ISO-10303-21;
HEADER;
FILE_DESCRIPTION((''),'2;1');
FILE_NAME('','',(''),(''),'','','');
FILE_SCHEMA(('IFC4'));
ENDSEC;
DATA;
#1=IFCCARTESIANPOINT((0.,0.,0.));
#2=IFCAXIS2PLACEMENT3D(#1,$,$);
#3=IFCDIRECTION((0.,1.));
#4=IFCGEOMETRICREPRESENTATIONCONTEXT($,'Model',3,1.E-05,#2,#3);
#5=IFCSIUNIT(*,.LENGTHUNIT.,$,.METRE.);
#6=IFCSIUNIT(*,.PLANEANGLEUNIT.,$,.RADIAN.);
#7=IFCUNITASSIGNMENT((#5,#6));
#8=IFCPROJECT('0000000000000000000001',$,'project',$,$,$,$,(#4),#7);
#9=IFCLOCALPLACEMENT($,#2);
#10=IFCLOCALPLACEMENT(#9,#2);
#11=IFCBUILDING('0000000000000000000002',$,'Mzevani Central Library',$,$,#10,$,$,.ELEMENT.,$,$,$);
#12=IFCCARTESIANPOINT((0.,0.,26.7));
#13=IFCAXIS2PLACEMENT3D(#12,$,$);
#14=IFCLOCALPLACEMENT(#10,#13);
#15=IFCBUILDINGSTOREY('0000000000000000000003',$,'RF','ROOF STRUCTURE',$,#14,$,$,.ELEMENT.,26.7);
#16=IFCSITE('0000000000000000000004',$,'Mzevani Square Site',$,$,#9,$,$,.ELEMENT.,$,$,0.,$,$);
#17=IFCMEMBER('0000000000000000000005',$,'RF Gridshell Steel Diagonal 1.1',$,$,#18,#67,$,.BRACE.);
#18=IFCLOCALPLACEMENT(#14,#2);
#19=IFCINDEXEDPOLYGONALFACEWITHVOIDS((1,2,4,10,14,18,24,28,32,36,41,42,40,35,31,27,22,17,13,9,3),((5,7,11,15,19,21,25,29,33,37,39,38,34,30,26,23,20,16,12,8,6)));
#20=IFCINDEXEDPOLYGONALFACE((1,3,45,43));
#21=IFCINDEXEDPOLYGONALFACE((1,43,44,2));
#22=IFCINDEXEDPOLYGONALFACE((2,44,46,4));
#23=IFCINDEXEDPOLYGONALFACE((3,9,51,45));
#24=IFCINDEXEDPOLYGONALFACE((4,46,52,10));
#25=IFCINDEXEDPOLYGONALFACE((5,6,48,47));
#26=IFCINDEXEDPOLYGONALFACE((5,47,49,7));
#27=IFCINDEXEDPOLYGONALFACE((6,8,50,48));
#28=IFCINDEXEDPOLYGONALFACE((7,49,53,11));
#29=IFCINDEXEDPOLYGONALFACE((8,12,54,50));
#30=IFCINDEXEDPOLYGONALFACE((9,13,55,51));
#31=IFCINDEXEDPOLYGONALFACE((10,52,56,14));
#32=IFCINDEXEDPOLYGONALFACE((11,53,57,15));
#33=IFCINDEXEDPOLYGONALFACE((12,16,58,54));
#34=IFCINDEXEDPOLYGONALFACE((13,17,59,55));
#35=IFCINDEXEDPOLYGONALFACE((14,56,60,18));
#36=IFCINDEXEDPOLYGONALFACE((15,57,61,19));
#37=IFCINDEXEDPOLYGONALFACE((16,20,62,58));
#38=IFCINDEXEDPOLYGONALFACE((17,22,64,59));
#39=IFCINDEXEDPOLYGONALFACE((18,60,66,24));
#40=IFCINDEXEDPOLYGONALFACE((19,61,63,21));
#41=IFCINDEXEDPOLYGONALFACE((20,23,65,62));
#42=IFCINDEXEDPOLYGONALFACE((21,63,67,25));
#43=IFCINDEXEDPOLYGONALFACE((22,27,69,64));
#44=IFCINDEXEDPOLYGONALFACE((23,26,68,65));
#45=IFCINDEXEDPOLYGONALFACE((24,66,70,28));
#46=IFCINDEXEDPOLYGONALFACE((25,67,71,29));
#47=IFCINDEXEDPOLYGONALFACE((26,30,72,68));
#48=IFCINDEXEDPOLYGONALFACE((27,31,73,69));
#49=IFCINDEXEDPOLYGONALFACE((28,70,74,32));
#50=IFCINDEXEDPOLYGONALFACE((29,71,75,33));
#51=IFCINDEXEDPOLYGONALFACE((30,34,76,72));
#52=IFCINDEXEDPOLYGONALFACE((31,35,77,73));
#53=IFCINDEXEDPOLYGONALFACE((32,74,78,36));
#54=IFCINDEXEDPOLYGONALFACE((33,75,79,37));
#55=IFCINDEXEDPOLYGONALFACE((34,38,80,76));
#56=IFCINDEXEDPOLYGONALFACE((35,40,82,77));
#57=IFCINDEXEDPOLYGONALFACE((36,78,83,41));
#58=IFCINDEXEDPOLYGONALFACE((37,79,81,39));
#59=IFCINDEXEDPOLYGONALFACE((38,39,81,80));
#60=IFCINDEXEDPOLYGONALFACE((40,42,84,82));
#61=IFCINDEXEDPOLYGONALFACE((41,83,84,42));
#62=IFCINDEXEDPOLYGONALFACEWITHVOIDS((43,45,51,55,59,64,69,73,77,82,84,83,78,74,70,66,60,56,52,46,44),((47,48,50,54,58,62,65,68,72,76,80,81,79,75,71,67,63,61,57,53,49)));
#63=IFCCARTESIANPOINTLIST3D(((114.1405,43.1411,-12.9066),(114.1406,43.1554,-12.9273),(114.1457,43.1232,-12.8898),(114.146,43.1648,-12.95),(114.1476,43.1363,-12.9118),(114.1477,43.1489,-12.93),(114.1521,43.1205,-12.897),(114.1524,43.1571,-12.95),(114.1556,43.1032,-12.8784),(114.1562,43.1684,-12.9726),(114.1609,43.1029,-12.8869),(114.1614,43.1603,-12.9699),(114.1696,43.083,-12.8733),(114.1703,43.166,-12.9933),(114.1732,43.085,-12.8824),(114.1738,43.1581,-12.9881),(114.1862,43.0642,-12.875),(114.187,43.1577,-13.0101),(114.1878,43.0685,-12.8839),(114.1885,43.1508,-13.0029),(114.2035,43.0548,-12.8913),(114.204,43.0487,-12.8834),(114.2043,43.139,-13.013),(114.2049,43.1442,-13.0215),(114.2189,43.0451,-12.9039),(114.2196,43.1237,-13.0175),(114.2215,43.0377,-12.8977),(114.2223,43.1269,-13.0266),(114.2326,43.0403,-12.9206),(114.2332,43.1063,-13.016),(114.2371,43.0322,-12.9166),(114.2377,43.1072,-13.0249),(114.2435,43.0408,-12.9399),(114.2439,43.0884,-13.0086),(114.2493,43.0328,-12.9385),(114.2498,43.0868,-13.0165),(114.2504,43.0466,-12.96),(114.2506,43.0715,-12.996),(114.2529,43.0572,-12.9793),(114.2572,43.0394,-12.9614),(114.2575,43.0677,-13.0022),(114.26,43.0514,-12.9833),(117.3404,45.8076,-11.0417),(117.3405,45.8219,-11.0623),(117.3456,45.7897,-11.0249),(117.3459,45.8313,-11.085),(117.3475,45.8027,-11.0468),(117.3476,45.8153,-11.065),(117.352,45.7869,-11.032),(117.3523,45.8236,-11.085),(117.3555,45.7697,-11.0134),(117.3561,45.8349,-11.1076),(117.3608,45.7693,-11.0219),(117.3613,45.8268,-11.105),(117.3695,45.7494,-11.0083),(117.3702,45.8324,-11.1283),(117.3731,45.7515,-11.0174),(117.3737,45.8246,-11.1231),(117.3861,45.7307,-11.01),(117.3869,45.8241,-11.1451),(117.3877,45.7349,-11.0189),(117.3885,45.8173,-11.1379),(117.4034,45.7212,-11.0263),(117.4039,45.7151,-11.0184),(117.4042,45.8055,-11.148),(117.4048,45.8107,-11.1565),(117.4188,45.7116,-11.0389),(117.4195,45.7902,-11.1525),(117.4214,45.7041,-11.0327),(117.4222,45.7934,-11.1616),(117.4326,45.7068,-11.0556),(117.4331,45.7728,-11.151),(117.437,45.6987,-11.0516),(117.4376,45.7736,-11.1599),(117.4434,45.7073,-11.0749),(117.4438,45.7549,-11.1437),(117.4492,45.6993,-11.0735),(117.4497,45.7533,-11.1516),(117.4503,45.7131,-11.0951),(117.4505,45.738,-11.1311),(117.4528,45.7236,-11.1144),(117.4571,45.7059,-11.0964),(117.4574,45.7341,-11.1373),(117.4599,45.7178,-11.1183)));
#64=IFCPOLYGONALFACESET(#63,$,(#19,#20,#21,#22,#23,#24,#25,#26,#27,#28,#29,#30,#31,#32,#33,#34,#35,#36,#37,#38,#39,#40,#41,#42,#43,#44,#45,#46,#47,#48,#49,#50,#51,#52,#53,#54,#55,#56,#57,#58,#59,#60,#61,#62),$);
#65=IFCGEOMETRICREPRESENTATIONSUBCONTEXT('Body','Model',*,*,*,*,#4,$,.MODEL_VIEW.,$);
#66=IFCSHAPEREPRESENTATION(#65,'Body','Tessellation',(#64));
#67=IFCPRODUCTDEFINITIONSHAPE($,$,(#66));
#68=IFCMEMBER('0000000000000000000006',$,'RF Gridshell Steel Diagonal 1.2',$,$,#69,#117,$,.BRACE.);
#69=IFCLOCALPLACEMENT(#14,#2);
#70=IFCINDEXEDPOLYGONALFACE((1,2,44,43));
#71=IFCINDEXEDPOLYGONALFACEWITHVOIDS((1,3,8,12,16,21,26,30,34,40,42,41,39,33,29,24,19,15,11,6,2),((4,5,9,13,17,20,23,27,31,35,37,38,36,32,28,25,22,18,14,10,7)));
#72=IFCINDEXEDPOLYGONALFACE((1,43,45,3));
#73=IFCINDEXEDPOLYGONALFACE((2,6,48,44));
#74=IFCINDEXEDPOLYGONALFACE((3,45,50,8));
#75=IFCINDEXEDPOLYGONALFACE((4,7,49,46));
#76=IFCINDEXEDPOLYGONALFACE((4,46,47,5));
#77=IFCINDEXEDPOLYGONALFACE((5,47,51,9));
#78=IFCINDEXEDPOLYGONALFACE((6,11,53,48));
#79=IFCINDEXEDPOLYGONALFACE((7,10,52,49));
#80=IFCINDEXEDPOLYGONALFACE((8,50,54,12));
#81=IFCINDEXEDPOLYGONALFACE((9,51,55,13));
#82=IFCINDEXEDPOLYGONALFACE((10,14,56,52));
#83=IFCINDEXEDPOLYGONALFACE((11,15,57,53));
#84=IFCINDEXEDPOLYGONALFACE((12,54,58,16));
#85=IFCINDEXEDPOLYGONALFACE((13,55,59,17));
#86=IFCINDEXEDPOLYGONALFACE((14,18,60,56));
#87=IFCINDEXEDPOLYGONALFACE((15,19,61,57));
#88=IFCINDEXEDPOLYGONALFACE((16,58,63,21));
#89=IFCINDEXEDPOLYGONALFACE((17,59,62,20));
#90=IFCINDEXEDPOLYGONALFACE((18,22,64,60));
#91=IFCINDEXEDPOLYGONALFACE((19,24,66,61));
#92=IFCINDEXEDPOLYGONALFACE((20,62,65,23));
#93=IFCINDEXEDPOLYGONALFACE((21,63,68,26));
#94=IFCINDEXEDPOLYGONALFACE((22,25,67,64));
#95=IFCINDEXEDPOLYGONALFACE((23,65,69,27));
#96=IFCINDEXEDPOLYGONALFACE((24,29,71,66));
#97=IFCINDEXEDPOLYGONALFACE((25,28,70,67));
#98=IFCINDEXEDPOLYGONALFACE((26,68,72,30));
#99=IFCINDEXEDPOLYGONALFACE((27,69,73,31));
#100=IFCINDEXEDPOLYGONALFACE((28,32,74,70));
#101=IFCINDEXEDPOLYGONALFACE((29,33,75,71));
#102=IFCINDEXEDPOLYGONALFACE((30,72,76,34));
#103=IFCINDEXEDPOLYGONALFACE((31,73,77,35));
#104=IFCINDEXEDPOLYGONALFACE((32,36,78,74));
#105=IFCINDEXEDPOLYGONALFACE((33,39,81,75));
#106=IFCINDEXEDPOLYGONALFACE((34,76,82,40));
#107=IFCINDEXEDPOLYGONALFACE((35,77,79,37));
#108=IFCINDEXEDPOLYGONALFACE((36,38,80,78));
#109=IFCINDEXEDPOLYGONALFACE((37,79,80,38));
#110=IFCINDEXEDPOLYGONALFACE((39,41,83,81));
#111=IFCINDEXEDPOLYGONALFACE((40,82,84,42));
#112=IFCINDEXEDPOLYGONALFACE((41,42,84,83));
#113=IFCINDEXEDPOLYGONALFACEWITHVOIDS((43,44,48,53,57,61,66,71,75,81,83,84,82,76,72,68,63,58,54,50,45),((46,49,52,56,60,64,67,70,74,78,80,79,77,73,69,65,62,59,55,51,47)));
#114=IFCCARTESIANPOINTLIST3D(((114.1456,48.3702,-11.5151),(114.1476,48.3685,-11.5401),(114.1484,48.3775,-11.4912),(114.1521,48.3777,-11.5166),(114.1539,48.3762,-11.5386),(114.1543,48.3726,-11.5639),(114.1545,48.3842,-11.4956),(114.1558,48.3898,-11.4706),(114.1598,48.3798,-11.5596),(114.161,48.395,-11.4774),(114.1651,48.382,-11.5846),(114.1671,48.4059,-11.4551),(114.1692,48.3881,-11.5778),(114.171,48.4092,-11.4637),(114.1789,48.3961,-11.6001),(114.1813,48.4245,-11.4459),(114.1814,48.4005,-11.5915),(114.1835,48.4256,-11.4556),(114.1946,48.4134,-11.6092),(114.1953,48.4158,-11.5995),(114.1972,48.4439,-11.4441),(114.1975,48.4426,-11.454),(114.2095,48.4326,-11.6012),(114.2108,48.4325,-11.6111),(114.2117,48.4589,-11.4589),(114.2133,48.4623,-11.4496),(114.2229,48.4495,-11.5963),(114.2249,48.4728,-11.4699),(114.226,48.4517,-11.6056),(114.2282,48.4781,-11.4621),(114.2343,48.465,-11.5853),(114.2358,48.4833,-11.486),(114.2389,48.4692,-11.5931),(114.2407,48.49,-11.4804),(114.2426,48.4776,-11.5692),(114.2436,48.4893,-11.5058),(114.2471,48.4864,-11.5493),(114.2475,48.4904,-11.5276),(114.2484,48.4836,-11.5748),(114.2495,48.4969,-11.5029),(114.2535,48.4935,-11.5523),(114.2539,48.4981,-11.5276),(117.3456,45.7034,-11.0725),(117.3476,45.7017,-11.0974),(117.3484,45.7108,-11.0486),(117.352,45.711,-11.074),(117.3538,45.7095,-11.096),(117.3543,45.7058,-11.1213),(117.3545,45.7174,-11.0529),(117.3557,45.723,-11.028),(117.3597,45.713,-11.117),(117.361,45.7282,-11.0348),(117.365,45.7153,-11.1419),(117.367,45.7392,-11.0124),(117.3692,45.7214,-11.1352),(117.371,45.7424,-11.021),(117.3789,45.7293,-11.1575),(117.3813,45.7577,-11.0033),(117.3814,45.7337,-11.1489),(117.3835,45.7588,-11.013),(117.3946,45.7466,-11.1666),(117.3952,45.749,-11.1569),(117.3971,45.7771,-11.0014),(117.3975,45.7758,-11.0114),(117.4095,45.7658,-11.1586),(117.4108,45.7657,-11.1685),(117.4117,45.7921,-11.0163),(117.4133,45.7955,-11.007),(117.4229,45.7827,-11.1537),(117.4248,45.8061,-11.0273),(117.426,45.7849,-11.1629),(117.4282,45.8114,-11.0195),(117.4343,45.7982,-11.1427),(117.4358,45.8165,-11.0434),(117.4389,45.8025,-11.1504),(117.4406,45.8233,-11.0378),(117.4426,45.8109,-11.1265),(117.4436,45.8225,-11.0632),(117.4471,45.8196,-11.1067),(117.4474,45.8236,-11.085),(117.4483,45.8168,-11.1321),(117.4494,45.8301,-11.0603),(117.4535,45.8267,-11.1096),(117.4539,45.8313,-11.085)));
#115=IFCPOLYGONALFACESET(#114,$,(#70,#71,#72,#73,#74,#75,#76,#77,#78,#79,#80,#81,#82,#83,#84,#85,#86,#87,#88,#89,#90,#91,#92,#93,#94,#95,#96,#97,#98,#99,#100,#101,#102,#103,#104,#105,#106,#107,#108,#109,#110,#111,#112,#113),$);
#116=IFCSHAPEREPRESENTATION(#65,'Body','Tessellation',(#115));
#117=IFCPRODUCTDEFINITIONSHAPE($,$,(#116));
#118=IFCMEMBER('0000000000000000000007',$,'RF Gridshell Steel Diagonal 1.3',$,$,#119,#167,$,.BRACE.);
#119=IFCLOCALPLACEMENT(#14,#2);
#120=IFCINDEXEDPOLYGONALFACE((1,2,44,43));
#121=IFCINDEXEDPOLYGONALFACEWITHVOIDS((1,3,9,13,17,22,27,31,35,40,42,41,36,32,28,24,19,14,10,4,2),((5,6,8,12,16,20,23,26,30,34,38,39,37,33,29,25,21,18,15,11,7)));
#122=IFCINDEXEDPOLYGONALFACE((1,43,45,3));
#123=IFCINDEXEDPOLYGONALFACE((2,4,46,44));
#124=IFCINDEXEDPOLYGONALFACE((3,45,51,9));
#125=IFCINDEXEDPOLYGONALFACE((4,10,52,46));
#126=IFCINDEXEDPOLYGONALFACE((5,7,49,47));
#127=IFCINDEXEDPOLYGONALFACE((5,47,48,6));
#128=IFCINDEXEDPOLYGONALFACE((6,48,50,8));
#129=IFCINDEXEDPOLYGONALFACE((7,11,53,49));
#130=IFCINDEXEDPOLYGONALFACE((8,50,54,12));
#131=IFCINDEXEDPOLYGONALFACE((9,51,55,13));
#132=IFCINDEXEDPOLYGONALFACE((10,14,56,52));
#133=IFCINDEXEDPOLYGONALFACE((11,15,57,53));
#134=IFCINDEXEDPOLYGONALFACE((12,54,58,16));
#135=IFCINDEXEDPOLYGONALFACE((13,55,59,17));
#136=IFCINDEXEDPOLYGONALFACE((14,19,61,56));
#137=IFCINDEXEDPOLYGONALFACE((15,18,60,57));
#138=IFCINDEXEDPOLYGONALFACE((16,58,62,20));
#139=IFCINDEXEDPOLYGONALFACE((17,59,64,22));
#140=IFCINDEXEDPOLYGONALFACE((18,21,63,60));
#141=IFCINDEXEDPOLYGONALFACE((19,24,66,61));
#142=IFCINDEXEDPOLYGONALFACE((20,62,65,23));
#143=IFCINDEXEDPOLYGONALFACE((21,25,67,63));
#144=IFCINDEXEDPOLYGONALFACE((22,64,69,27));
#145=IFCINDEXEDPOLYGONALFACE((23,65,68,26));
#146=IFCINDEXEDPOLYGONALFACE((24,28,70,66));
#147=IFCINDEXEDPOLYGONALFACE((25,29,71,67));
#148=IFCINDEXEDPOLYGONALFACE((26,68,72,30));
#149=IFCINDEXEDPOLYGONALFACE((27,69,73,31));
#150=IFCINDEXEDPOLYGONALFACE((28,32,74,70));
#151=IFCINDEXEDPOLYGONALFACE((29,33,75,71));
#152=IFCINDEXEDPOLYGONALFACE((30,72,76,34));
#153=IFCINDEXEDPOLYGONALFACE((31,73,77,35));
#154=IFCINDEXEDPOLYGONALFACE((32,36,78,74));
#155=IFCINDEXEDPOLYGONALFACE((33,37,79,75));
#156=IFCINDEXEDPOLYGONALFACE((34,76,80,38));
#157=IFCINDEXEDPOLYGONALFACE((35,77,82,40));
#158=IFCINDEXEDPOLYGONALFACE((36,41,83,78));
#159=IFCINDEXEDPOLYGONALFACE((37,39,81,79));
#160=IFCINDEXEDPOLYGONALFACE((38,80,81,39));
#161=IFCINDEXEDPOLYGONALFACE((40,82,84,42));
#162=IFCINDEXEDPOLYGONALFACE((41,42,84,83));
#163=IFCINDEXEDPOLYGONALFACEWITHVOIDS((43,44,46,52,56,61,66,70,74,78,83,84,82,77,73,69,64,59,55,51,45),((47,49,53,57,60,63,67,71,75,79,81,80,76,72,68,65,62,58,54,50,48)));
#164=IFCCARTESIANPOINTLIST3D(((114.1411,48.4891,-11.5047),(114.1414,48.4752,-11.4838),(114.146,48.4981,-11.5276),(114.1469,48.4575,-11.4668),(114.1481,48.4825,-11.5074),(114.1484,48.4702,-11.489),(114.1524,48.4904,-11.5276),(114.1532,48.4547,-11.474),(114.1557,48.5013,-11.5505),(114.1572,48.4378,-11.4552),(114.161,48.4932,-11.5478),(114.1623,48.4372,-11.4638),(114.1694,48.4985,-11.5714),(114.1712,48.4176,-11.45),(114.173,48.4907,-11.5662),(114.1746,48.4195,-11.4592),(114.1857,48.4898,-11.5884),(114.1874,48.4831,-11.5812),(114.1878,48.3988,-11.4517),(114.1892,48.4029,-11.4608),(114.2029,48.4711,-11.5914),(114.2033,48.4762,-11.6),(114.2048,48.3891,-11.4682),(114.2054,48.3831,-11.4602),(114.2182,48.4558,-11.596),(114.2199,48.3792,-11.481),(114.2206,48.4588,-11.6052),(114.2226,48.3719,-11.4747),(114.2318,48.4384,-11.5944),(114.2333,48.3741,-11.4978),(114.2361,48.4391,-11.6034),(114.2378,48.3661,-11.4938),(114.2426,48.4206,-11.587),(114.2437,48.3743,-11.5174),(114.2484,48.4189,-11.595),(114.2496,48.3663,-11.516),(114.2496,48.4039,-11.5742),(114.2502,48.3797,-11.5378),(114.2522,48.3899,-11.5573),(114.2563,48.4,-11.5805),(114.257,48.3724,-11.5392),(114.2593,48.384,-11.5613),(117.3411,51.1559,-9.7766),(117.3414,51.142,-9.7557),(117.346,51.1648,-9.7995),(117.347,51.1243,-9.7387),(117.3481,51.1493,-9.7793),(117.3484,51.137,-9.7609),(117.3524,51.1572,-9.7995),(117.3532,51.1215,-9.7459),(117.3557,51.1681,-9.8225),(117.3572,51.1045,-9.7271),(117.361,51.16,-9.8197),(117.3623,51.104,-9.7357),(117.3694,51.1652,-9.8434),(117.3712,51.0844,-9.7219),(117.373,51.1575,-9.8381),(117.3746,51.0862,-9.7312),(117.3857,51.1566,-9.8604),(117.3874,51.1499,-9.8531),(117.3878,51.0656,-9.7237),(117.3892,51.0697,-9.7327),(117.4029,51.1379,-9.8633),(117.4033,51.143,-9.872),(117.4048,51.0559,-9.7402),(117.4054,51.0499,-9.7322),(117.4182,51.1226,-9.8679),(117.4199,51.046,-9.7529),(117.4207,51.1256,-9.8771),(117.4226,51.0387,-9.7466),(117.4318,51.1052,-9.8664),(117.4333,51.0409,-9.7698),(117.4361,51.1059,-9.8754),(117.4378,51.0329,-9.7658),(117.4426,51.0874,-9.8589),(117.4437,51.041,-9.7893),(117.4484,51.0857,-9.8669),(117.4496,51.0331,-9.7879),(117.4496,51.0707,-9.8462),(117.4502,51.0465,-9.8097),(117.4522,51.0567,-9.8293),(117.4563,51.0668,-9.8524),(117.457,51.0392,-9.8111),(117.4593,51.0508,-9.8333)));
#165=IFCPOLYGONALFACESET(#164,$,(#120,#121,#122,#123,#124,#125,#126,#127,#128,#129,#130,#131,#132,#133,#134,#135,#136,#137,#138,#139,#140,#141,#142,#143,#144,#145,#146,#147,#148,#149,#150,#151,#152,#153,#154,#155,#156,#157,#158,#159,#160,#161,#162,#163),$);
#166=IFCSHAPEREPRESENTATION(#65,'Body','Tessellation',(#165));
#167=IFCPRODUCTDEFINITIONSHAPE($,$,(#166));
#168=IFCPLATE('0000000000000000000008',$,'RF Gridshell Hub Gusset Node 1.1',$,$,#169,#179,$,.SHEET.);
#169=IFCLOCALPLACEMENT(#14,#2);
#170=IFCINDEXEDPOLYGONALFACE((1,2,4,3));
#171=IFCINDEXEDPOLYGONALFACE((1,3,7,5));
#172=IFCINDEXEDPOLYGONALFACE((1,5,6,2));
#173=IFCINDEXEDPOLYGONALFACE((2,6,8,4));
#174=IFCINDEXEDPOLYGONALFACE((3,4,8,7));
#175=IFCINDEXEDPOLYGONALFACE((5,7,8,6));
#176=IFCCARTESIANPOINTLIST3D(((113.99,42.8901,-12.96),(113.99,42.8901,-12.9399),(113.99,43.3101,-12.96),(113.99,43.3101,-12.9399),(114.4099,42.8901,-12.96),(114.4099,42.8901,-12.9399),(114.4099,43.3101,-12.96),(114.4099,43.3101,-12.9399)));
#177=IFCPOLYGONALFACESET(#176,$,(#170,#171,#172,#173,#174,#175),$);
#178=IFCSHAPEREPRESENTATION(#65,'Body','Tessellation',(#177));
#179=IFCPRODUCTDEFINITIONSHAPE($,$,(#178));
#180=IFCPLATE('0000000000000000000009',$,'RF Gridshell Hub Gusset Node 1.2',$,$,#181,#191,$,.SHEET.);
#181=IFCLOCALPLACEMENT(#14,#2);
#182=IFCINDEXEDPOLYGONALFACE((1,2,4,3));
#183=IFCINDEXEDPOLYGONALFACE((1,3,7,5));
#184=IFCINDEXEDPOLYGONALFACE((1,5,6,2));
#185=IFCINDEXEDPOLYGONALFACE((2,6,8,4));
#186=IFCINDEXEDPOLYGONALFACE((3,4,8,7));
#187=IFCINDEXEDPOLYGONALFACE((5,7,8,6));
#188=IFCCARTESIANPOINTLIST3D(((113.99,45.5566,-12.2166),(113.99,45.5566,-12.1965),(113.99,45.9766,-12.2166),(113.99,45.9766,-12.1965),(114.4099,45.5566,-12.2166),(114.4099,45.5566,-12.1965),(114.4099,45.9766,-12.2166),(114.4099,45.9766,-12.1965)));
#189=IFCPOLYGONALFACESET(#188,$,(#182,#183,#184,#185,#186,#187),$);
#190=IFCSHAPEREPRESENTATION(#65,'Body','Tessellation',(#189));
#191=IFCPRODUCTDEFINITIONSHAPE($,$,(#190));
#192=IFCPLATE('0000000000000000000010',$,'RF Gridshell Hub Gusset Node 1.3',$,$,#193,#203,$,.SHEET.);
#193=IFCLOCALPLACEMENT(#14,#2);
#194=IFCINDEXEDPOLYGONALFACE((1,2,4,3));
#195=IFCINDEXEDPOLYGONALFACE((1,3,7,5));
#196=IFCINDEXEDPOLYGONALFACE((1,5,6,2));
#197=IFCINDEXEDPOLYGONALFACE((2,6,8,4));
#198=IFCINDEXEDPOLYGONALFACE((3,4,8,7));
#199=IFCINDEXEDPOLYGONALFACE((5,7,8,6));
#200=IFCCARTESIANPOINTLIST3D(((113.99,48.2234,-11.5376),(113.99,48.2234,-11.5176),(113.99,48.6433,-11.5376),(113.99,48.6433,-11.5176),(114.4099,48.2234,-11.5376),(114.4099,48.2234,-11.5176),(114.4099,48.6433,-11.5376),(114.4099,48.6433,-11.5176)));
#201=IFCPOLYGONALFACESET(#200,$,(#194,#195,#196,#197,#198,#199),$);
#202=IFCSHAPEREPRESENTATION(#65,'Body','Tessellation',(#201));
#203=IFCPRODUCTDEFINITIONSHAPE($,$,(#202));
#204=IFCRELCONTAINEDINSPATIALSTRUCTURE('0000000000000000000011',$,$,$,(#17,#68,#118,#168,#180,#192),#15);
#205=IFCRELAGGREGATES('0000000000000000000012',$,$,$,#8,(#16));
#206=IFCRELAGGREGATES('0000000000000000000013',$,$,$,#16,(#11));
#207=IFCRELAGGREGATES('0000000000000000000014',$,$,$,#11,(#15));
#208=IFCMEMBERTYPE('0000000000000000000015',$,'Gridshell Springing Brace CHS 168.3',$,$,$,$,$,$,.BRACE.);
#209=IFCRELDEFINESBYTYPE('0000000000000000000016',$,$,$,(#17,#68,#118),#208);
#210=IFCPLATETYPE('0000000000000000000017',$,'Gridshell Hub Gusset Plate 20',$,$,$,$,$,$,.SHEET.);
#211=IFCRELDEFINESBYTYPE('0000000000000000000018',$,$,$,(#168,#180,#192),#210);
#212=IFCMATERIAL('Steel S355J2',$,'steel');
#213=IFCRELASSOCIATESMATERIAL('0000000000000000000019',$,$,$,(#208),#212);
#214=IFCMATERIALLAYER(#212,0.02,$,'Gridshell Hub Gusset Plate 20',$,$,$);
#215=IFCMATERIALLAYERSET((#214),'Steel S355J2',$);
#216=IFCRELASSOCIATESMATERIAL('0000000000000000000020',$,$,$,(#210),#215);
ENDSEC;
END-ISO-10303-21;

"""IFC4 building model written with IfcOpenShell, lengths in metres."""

from ifc_helpers import new_model, si_unit, direction, frame, origin, origin_2d, place, context, subcontext, project, spatial, rectangle, hollow_circle, extrude, material, layer, layer_set, material_profile, profile_set, type_object, element, save


model = new_model("IFC4")

# Units and contexts
model_context = context("Model", 3, precision=1e-05, world=origin(), true_north=direction((0.0, 1.0)))
body_context = subcontext(model_context, "Body", "Model", "MODEL_VIEW")
ifc_project = project(units=[si_unit("LENGTHUNIT", "METRE"), si_unit("PLANEANGLEUNIT", "RADIAN")], contexts=[model_context])

# Site, building, storey
site_placement = place(None, origin())
site = spatial("IfcSite", under=ifc_project, at=site_placement, Name="Mzevani Square Site", CompositionType="ELEMENT", RefElevation=0.0)
building_placement = place(site_placement, origin())
building = spatial("IfcBuilding", under=site, at=building_placement, Name="Mzevani Central Library", CompositionType="ELEMENT")
storey_placement = place(building_placement, frame((0.0, 0.0, 26.7)))
storey = spatial("IfcBuildingStorey", under=building, at=storey_placement, Name="RF", Description="ROOF STRUCTURE", CompositionType="ELEMENT", Elevation=26.7)

# Members
ifc_material_1 = material(Name="Steel S355J2", Category="steel")
ifc_material_profile_1 = material_profile(ifc_material_1, hollow_circle(Radius=0.0842, WallThickness=0.01, at=origin_2d()), Name="CHS 168.3x10.0")
ifc_profile_set_1 = profile_set([ifc_material_profile_1], Name="Steel S355J2")
member_type_1 = type_object("IfcMemberType", Name="Gridshell Springing Brace CHS 168.3", PredefinedType="BRACE", material=ifc_profile_set_1)
member_1_placement = place(storey_placement, frame((114.2, 43.1001, -12.95), z_axis=(0.701162, 0.584275, 0.40865), x_axis=(-0.640167, 0.768236, 0.0)))
element("IfcMember", 1, at=member_1_placement, inside=storey, type_object=member_type_1, Name="RF Gridshell Steel Diagonal 1.1", PredefinedType="BRACE", context=body_context, shape_type="SweptSolid", body=[
    extrude(hollow_circle(Radius=0.0842, WallThickness=0.01, at=origin_2d()), origin(), (0.0, 0.0, 1.0), 4.5637),
])
member_2_placement = place(storey_placement, frame((114.2, 48.4333, -11.5276), z_axis=(0.763906, -0.636618, 0.105666), x_axis=(0.640202, 0.768207, 0.0)))
element("IfcMember", 2, at=member_2_placement, inside=storey, type_object=member_type_1, Name="RF Gridshell Steel Diagonal 1.2", PredefinedType="BRACE", context=body_context, shape_type="SweptSolid", body=[
    extrude(hollow_circle(Radius=0.0842, WallThickness=0.01, at=origin_2d()), origin(), (0.0, 0.0, 1.0), 4.189),
])
member_3_placement = place(storey_placement, frame((114.2, 48.4333, -11.5276), z_axis=(0.709572, 0.591337, 0.383181), x_axis=(-0.640202, 0.768207, 0.0)))
element("IfcMember", 3, at=member_3_placement, inside=storey, type_object=member_type_1, Name="RF Gridshell Steel Diagonal 1.3", PredefinedType="BRACE", context=body_context, shape_type="SweptSolid", body=[
    extrude(hollow_circle(Radius=0.0842, WallThickness=0.01, at=origin_2d()), origin(), (0.0, 0.0, 1.0), 4.5098),
])

# Plates
ifc_layer_1 = layer(ifc_material_1, 0.02, Name="Gridshell Hub Gusset Plate 20")
ifc_layer_set_1 = layer_set([ifc_layer_1], Name="Steel S355J2")
plate_type = type_object("IfcPlateType", Name="Gridshell Hub Gusset Plate 20", PredefinedType="SHEET", material=ifc_layer_set_1)
for number, where, z_axis, x_axis, name in (
    (4, (114.2, 43.1001, -12.96), (0.0, 0.0, 1.0), (1.0, 0.0, 0.0), "RF Gridshell Hub Gusset Node 1.1"),
    (5, (114.2, 45.7666, -12.2166), (0.0, 0.0, 1.0), (1.0, 0.0, 0.0), "RF Gridshell Hub Gusset Node 1.2"),
    (6, (114.2, 48.4333, -11.5376), (0.0, 0.0, 1.0), (1.0, 0.0, 0.0), "RF Gridshell Hub Gusset Node 1.3"),
):
    element("IfcPlate", number, at=place(storey_placement, frame(where, z_axis=z_axis, x_axis=x_axis)), inside=storey, type_object=plate_type, Name=name, PredefinedType="SHEET", context=body_context, shape_type="SweptSolid", body=[
        extrude(rectangle(XDim=0.4199, YDim=0.4199, at=origin_2d()), origin(), (0.0, 0.0, 1.0), 0.02),
    ])

save(model, "model.ifc")
